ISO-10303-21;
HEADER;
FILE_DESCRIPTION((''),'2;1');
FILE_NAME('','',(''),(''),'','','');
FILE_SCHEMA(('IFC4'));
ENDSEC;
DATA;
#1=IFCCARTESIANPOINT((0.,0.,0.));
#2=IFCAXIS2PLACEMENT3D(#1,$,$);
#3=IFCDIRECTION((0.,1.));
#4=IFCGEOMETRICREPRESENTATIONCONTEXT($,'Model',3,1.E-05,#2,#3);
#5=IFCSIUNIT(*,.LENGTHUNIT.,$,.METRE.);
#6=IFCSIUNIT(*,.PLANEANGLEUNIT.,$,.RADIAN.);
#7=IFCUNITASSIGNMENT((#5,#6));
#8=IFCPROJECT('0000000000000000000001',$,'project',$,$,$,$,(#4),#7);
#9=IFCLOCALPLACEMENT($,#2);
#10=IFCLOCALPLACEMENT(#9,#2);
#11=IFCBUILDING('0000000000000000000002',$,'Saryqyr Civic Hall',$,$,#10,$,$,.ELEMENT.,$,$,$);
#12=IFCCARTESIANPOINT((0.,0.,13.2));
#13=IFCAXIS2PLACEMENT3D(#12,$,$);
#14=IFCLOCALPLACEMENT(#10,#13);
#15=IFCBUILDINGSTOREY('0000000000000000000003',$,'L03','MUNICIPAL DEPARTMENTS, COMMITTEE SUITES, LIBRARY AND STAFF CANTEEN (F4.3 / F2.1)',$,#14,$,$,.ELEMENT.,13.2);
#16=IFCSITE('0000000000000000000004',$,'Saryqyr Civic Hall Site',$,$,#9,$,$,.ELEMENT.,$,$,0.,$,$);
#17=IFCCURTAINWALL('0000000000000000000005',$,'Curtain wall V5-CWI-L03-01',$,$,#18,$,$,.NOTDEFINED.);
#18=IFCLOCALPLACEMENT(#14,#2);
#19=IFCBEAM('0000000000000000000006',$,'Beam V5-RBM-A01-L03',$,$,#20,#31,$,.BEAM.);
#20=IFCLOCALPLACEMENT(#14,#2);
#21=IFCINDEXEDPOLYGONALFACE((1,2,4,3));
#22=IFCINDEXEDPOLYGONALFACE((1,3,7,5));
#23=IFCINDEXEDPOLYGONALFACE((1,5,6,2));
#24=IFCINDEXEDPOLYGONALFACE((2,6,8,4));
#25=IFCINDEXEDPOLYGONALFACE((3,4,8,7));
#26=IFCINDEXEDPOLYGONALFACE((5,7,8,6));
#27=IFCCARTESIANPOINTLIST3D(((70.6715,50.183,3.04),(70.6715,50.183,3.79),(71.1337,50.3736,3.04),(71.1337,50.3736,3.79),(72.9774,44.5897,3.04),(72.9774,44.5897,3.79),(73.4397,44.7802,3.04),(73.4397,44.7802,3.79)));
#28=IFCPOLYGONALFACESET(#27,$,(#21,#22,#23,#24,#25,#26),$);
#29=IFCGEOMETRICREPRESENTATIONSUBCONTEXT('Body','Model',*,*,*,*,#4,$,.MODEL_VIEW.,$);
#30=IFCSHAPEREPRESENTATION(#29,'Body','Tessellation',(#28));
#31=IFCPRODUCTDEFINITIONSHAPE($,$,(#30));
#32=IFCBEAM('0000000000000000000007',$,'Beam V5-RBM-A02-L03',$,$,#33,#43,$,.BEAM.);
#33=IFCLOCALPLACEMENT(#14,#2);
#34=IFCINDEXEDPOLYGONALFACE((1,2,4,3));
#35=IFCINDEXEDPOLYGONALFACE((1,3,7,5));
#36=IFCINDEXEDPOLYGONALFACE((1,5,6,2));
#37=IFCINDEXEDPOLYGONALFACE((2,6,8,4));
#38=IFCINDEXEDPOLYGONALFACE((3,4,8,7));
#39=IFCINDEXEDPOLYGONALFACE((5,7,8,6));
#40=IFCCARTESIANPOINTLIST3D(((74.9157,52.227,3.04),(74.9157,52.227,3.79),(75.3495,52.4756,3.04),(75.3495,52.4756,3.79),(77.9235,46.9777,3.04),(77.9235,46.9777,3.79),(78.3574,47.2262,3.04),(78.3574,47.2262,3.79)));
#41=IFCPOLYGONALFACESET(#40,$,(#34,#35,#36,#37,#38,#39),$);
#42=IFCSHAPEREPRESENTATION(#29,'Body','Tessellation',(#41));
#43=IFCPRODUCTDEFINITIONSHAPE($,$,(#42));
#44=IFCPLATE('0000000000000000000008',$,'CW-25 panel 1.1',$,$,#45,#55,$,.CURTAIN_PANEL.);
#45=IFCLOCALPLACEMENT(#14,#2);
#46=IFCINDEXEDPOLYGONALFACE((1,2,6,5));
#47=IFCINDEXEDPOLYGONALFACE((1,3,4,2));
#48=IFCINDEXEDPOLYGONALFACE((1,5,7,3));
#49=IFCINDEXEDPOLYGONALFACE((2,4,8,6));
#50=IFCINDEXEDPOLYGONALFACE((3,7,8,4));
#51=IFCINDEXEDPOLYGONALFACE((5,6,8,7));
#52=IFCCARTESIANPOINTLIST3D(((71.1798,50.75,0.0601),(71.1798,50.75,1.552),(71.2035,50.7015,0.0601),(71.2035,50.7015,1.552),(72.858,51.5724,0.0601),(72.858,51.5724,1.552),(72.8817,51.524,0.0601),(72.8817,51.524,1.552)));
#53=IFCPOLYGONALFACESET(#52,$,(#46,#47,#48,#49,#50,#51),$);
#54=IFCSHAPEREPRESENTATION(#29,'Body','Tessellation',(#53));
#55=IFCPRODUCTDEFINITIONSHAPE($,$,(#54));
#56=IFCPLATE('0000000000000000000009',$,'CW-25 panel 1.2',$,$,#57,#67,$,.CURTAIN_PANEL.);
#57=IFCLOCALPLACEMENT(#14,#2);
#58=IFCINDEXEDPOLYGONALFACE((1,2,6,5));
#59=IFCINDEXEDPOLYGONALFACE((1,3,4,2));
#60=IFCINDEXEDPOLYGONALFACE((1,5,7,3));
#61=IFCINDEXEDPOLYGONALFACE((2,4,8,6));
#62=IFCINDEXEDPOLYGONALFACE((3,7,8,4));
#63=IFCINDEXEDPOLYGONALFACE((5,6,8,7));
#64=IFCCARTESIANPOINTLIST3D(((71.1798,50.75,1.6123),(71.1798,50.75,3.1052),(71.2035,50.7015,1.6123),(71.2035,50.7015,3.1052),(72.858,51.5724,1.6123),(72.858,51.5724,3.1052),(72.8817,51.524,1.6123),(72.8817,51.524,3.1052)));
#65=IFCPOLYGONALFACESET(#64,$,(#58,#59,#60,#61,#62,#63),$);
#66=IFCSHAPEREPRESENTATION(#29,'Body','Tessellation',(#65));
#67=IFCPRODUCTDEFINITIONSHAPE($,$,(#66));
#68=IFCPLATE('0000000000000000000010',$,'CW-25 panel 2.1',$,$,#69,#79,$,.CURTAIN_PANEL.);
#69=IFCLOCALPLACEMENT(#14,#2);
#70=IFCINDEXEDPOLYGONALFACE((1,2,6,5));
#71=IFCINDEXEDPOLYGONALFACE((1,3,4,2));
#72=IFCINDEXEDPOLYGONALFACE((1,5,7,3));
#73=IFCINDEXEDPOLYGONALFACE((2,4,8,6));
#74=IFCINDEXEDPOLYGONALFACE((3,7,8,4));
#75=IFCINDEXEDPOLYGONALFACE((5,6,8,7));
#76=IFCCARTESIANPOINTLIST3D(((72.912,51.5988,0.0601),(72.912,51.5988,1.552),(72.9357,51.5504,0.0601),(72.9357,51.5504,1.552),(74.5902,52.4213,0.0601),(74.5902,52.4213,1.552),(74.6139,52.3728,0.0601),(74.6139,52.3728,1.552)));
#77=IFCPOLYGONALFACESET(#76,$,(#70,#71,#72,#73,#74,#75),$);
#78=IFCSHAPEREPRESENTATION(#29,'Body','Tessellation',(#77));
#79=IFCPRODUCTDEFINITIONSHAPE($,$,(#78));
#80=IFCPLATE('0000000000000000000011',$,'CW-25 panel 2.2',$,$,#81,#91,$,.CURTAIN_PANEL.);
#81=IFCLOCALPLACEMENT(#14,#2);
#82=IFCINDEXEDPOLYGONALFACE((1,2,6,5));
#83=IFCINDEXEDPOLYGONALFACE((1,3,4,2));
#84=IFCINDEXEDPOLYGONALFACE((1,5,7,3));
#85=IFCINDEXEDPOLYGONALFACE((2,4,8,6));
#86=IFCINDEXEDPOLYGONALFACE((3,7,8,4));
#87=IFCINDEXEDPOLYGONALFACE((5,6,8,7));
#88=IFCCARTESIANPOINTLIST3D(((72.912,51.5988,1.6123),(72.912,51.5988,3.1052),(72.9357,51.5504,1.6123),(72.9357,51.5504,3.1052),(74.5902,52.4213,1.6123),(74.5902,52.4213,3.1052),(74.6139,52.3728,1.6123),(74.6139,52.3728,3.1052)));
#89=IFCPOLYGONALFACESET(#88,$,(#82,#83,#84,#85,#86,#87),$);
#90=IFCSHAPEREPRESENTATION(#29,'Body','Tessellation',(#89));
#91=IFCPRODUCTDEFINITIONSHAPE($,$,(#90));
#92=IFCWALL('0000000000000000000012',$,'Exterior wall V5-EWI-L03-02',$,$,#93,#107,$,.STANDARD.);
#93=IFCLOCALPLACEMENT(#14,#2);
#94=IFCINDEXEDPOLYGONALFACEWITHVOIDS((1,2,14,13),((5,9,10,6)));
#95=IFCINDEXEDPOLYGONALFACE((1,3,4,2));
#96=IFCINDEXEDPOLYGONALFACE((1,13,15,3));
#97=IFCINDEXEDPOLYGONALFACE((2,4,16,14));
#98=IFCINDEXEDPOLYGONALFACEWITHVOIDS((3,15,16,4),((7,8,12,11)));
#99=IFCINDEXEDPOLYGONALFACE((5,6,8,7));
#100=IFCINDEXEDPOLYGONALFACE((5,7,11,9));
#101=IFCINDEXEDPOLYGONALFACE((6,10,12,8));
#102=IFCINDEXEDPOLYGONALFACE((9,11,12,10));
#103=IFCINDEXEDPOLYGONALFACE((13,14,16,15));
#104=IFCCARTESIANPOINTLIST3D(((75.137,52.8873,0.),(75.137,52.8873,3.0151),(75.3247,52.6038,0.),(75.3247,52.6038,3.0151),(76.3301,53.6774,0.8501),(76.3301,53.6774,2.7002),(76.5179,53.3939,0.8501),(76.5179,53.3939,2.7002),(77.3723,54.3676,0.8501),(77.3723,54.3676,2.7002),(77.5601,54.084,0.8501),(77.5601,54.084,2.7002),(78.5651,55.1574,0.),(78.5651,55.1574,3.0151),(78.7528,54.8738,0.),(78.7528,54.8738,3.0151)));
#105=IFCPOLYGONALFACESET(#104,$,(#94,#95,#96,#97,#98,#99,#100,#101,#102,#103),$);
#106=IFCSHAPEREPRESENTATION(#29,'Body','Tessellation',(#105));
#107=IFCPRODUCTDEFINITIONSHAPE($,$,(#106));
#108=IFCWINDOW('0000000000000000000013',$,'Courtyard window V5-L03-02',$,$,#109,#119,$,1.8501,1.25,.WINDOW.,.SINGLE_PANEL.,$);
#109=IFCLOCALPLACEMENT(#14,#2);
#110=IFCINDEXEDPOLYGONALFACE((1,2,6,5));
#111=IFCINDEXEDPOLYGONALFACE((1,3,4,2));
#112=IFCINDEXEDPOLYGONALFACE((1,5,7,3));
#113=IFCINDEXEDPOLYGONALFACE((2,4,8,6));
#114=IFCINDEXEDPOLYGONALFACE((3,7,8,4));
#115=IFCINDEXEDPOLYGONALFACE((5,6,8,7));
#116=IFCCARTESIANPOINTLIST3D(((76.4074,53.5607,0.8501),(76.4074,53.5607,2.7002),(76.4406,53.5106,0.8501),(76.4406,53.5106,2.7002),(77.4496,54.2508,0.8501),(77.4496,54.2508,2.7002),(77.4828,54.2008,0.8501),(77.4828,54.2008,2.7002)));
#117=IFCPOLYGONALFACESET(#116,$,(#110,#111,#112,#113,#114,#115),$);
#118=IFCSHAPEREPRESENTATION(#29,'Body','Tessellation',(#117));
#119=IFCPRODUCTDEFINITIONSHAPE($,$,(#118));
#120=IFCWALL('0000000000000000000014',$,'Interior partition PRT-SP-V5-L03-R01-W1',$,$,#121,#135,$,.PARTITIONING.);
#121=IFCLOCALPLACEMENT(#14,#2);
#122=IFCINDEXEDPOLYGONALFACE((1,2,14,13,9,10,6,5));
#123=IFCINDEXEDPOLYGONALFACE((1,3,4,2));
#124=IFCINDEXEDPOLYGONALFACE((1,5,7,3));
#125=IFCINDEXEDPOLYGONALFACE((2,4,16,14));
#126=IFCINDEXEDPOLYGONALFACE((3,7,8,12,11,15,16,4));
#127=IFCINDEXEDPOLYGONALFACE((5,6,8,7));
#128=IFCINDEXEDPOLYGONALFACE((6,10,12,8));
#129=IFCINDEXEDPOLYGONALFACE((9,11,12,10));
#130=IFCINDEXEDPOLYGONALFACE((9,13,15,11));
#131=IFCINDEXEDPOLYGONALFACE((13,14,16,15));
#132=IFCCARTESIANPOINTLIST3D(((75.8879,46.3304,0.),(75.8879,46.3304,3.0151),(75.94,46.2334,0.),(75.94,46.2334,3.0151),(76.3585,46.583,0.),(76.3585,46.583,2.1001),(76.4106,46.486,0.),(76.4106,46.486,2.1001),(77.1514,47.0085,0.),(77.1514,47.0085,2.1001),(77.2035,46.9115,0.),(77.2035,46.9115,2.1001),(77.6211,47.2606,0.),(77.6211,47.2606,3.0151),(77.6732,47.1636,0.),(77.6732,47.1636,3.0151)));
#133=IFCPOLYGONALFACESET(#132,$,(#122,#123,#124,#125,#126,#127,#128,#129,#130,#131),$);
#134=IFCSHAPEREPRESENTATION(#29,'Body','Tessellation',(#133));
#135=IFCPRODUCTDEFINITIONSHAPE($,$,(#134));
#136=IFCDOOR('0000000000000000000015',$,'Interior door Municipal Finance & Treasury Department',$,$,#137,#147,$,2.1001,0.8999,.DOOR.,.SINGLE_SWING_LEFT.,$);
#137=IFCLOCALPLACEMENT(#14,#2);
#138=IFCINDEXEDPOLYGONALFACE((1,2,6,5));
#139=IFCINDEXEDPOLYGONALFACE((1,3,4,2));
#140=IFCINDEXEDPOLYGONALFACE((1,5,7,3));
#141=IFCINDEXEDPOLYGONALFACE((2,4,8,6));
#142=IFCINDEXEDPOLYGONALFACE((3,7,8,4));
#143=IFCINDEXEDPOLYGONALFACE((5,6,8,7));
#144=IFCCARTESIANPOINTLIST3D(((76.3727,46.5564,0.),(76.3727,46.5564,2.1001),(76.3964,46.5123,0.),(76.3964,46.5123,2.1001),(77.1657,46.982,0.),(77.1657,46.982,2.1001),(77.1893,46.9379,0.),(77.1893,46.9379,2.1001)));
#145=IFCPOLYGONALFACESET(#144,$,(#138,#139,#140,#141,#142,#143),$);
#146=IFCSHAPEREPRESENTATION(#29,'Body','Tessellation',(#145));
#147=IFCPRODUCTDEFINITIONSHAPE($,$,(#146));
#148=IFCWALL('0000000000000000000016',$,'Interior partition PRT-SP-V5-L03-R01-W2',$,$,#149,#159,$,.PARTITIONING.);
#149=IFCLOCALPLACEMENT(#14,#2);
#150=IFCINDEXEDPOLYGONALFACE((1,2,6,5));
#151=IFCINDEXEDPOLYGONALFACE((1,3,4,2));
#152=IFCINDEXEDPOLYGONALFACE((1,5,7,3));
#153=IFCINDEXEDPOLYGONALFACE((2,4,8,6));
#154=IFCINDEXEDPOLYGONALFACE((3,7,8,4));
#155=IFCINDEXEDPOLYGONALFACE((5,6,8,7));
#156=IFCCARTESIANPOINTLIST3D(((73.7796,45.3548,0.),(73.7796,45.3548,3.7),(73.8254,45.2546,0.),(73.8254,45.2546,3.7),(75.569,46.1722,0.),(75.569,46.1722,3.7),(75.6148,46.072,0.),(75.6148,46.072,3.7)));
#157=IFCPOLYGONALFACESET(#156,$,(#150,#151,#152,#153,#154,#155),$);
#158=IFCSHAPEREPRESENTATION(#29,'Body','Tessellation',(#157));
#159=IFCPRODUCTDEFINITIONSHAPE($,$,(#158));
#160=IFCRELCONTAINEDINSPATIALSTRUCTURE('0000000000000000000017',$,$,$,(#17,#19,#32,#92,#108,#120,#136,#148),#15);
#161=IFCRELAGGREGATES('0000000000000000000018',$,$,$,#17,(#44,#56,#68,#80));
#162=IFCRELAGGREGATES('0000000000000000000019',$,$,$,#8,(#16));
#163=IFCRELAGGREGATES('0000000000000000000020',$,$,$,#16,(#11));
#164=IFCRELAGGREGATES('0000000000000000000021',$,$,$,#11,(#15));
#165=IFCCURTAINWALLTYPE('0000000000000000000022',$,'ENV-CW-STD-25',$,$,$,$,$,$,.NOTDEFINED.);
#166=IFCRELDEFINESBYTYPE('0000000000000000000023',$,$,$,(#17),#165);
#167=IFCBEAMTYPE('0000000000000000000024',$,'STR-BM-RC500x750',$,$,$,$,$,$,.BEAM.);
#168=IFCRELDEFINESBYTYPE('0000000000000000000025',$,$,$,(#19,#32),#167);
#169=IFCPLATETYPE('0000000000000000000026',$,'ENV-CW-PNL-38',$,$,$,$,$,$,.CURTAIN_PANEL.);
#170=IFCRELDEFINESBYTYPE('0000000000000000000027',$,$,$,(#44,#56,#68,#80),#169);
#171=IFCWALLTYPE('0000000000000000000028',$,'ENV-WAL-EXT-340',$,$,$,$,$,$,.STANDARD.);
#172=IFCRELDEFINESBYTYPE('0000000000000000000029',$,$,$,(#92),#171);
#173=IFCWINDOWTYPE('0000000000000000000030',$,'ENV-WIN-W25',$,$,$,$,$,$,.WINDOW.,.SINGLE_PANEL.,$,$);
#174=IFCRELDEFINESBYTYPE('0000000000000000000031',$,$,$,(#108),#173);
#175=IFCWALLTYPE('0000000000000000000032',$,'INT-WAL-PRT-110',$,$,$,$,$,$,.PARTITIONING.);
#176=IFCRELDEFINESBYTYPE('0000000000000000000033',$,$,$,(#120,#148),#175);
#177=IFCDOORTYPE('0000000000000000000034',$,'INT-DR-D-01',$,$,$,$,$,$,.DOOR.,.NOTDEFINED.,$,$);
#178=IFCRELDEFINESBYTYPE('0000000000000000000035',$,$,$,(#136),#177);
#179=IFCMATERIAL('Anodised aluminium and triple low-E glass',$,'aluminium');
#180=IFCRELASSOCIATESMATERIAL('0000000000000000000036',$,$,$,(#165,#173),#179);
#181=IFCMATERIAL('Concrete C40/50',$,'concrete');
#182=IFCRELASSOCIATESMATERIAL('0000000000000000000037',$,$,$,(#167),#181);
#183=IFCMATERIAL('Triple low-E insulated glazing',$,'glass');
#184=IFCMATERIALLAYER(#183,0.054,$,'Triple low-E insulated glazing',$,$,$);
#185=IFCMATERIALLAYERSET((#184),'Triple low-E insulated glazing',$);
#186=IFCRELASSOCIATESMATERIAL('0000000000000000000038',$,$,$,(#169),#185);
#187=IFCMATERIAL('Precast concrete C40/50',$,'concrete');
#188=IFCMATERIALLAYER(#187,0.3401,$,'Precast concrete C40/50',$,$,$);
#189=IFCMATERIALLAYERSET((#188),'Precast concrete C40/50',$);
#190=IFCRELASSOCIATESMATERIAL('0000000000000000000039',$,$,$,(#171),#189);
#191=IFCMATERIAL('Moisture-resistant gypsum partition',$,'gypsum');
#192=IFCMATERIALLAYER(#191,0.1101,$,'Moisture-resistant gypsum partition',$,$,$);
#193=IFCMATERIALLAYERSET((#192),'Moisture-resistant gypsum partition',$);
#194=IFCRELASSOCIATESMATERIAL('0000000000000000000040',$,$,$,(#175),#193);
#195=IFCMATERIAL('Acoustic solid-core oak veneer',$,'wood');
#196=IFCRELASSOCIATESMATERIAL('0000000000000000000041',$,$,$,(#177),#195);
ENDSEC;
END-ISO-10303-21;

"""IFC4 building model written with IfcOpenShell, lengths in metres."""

from ifc_helpers import new_model, si_unit, direction, frame, frame_2d, origin, origin_2d, place, context, subcontext, project, spatial, rectangle, extrude, material, layer, layer_set, material_profile, profile_set, type_object, element, fill, aggregate, save


model = new_model("IFC4")

# Units and contexts
model_context = context("Model", 3, precision=1e-05, world=origin(), true_north=direction((0.0, 1.0)))
body_context = subcontext(model_context, "Body", "Model", "MODEL_VIEW")
ifc_project = project(units=[si_unit("LENGTHUNIT", "METRE"), si_unit("PLANEANGLEUNIT", "RADIAN")], contexts=[model_context])

# Site, building, storey
site_placement = place(None, origin())
site = spatial("IfcSite", under=ifc_project, at=site_placement, Name="Saryqyr Civic Hall Site", CompositionType="ELEMENT", RefElevation=0.0)
building_placement = place(site_placement, origin())
building = spatial("IfcBuilding", under=site, at=building_placement, Name="Saryqyr Civic Hall", CompositionType="ELEMENT")
storey_placement = place(building_placement, frame((0.0, 0.0, 13.2)))
storey = spatial("IfcBuildingStorey", under=building, at=storey_placement, Name="L03", Description="MUNICIPAL DEPARTMENTS, COMMITTEE SUITES, LIBRARY AND STAFF CANTEEN (F4.3 / F2.1)", CompositionType="ELEMENT", Elevation=13.2)

# Shared definitions
ifc_material_1 = material(Name="Concrete C40/50", Category="concrete")

# Curtain wall
ifc_material_2 = material(Name="Anodised aluminium and triple low-E glass", Category="aluminium")
curtain_wall_type = type_object("IfcCurtainWallType", Name="ENV-CW-STD-25", PredefinedType="NOTDEFINED", material=ifc_material_2)
curtain_wall_placement = place(storey_placement, origin())
curtain_wall = element("IfcCurtainWall", 1, at=curtain_wall_placement, inside=storey, type_object=curtain_wall_type, Name="Curtain wall V5-CWI-L03-01", PredefinedType="NOTDEFINED")

# Beams
ifc_material_profile_1 = material_profile(ifc_material_1, rectangle(XDim=0.5, YDim=0.75, at=origin_2d()), Name="RC 500x750")
ifc_profile_set_1 = profile_set([ifc_material_profile_1], Name="Concrete C40/50")
beam_type_1 = type_object("IfcBeamType", Name="STR-BM-RC500x750", PredefinedType="BEAM", material=ifc_profile_set_1)
for number, where, z_axis, x_axis, name in (
    (2, (70.9026, 50.2783, 3.415), (0.381146, -0.924515, 0.0), (0.924515, 0.381146, 0.0), "Beam V5-RBM-A01-L03"),
    (3, (75.1326, 52.3513, 3.415), (0.497164, -0.867656, 0.0), (0.867656, 0.497164, 0.0), "Beam V5-RBM-A02-L03"),
):
    element("IfcBeam", number, at=place(storey_placement, frame(where, z_axis=z_axis, x_axis=x_axis)), inside=storey, type_object=beam_type_1, Name=name, PredefinedType="BEAM", context=body_context, shape_type="SweptSolid", body=[
        extrude(rectangle(XDim=0.5, YDim=0.75, at=origin_2d()), origin(), (0.0, 0.0, 1.0), 6.05),
    ])

# Plates
ifc_material_3 = material(Name="Triple low-E insulated glazing", Category="glass")
ifc_layer_1 = layer(ifc_material_3, 0.054, Name="Triple low-E insulated glazing")
ifc_layer_set_1 = layer_set([ifc_layer_1], Name="Triple low-E insulated glazing")
plate_type = type_object("IfcPlateType", Name="ENV-CW-PNL-38", PredefinedType="CURTAIN_PANEL", material=ifc_layer_set_1)
plate_1_placement = place(storey_placement, frame((72.0308, 51.137, 0.0601), z_axis=(0.0, 0.0, 1.0), x_axis=(0.897962, 0.440073, 0.0)))
plate_1 = element("IfcPlate", 4, at=plate_1_placement, type_object=plate_type, Name="CW-25 panel 1.1", PredefinedType="CURTAIN_PANEL", context=body_context, shape_type="SweptSolid", body=[
    extrude(rectangle(XDim=1.8689, YDim=0.054, at=origin_2d()), origin(), (0.0, 0.0, 1.0), 1.4919),
])
plate_2_placement = place(storey_placement, frame((72.0308, 51.137, 1.6123), z_axis=(0.0, 0.0, 1.0), x_axis=(0.897962, 0.440073, 0.0)))
plate_2 = element("IfcPlate", 5, at=plate_2_placement, type_object=plate_type, Name="CW-25 panel 1.2", PredefinedType="CURTAIN_PANEL", context=body_context, shape_type="SweptSolid", body=[
    extrude(rectangle(XDim=1.8689, YDim=0.054, at=origin_2d()), origin(), (0.0, 0.0, 1.0), 1.4929),
])
plate_3_placement = place(storey_placement, frame((73.7629, 51.9858, 0.0601), z_axis=(0.0, 0.0, 1.0), x_axis=(0.897962, 0.440073, 0.0)))
plate_3 = element("IfcPlate", 6, at=plate_3_placement, type_object=plate_type, Name="CW-25 panel 2.1", PredefinedType="CURTAIN_PANEL", context=body_context, shape_type="SweptSolid", body=[
    extrude(rectangle(XDim=1.8689, YDim=0.054, at=origin_2d()), origin(), (0.0, 0.0, 1.0), 1.4919),
])
plate_4_placement = place(storey_placement, frame((73.7629, 51.9858, 1.6123), z_axis=(0.0, 0.0, 1.0), x_axis=(0.897962, 0.440073, 0.0)))
plate_4 = element("IfcPlate", 7, at=plate_4_placement, type_object=plate_type, Name="CW-25 panel 2.2", PredefinedType="CURTAIN_PANEL", context=body_context, shape_type="SweptSolid", body=[
    extrude(rectangle(XDim=1.8689, YDim=0.054, at=origin_2d()), origin(), (0.0, 0.0, 1.0), 1.4929),
])
aggregate(curtain_wall, [plate_1, plate_2, plate_3, plate_4])

# Wall, opening, window
ifc_material_4 = material(Name="Precast concrete C40/50", Category="concrete")
ifc_layer_2 = layer(ifc_material_4, 0.3401, Name="Precast concrete C40/50")
ifc_layer_set_2 = layer_set([ifc_layer_2], Name="Precast concrete C40/50")
wall_type_1 = type_object("IfcWallType", Name="ENV-WAL-EXT-340", PredefinedType="STANDARD", material=ifc_layer_set_2)
wall_1_placement = place(storey_placement, frame((75.231, 52.7456, 0.0), z_axis=(0.0, 0.0, 1.0), x_axis=(0.833764, 0.552121, 0.0)))
wall_1 = element("IfcWall", 8, at=wall_1_placement, inside=storey, type_object=wall_type_1, Name="Exterior wall V5-EWI-L03-02", PredefinedType="STANDARD", context=body_context, shape_type="SweptSolid", body=[
    extrude(rectangle(XDim=4.1116, YDim=0.3401, at=frame_2d((2.0557, 0.0))), origin(), (0.0, 0.0, 1.0), 3.0151),
])
opening_1_placement = place(wall_1_placement, frame((1.4309, 0.0, 0.8501)))
opening_1 = element("IfcOpeningElement", 9, at=opening_1_placement, cuts=wall_1, PredefinedType="OPENING", context=body_context, shape_type="SweptSolid", body=[
    extrude(rectangle(XDim=1.25, YDim=1.8501, at=frame_2d((0.625, 0.925))), frame((0.0, 0.1799, 0.0), z_axis=(0.0, -1.0, 0.0), x_axis=(1.0, 0.0, 0.0)), (0.0, 0.0, 1.0), 0.3601),
])
window_type = type_object("IfcWindowType", Name="ENV-WIN-W25", PartitioningType="SINGLE_PANEL", PredefinedType="WINDOW", material=ifc_material_2)
window_placement = place(opening_1_placement, origin())
window = element("IfcWindow", 10, at=window_placement, inside=storey, type_object=window_type, Name="Courtyard window V5-L03-02", OverallHeight=1.8501, OverallWidth=1.25, PartitioningType="SINGLE_PANEL", PredefinedType="WINDOW", context=body_context, shape_type="SweptSolid", body=[
    extrude(rectangle(XDim=1.25, YDim=1.8501, at=frame_2d((0.625, 0.925))), frame((0.0, 0.03, 0.0), z_axis=(0.0, -1.0, 0.0), x_axis=(1.0, 0.0, 0.0)), (0.0, 0.0, 1.0), 0.0601),
])
fill(opening_1, window)

# Wall, opening, door
ifc_material_5 = material(Name="Moisture-resistant gypsum partition", Category="gypsum")
ifc_layer_3 = layer(ifc_material_5, 0.1101, Name="Moisture-resistant gypsum partition")
ifc_layer_set_3 = layer_set([ifc_layer_3], Name="Moisture-resistant gypsum partition")
wall_type_2 = type_object("IfcWallType", Name="INT-WAL-PRT-110", PredefinedType="PARTITIONING", material=ifc_layer_set_3)
wall_2_placement = place(storey_placement, frame((75.9141, 46.282, 0.0), z_axis=(0.0, 0.0, 1.0), x_axis=(0.88112, 0.472893, 0.0)))
wall_2 = element("IfcWall", 11, at=wall_2_placement, inside=storey, type_object=wall_type_2, Name="Interior partition PRT-SP-V5-L03-R01-W1", PredefinedType="PARTITIONING", context=body_context, shape_type="SweptSolid", body=[
    extrude(rectangle(XDim=1.967, YDim=0.1101, at=frame_2d((0.9834, 0.0))), origin(), (0.0, 0.0, 1.0), 3.0151),
])
opening_2_placement = place(wall_2_placement, frame((0.5339, 0.0, 0.0)))
opening_2 = element("IfcOpeningElement", 12, at=opening_2_placement, cuts=wall_2, PredefinedType="OPENING", context=body_context, shape_type="SweptSolid", body=[
    extrude(rectangle(XDim=0.8999, YDim=2.1001, at=frame_2d((0.45, 1.05))), frame((0.0, 0.0649, 0.0), z_axis=(0.0, -1.0, 0.0), x_axis=(1.0, 0.0, 0.0)), (0.0, 0.0, 1.0), 0.1301),
])
ifc_material_6 = material(Name="Acoustic solid-core oak veneer", Category="wood")
door_type = type_object("IfcDoorType", Name="INT-DR-D-01", OperationType="NOTDEFINED", PredefinedType="DOOR", material=ifc_material_6)
door_placement = place(opening_2_placement, origin())
door = element("IfcDoor", 13, at=door_placement, inside=storey, type_object=door_type, Name="Interior door Municipal Finance & Treasury Department", OperationType="SINGLE_SWING_LEFT", OverallHeight=2.1001, OverallWidth=0.8999, PredefinedType="DOOR", context=body_context, shape_type="SweptSolid", body=[
    extrude(rectangle(XDim=0.8999, YDim=2.1001, at=frame_2d((0.45, 1.05))), frame((0.0, 0.0249, 0.0), z_axis=(0.0, -1.0, 0.0), x_axis=(1.0, 0.0, 0.0)), (0.0, 0.0, 1.0), 0.05),
])
fill(opening_2, door)

# Wall
wall_3_placement = place(storey_placement, frame((73.8025, 45.3047, 0.0), z_axis=(0.0, 0.0, 1.0), x_axis=(0.909587, 0.415513, 0.0)))
element("IfcWall", 14, at=wall_3_placement, inside=storey, type_object=wall_type_2, Name="Interior partition PRT-SP-V5-L03-R01-W2", PredefinedType="PARTITIONING", context=body_context, shape_type="SweptSolid", body=[
    extrude(rectangle(XDim=1.9673, YDim=0.1101, at=frame_2d((0.9836, 0.0))), origin(), (0.0, 0.0, 1.0), 3.7),
])

save(model, "model.ifc")
